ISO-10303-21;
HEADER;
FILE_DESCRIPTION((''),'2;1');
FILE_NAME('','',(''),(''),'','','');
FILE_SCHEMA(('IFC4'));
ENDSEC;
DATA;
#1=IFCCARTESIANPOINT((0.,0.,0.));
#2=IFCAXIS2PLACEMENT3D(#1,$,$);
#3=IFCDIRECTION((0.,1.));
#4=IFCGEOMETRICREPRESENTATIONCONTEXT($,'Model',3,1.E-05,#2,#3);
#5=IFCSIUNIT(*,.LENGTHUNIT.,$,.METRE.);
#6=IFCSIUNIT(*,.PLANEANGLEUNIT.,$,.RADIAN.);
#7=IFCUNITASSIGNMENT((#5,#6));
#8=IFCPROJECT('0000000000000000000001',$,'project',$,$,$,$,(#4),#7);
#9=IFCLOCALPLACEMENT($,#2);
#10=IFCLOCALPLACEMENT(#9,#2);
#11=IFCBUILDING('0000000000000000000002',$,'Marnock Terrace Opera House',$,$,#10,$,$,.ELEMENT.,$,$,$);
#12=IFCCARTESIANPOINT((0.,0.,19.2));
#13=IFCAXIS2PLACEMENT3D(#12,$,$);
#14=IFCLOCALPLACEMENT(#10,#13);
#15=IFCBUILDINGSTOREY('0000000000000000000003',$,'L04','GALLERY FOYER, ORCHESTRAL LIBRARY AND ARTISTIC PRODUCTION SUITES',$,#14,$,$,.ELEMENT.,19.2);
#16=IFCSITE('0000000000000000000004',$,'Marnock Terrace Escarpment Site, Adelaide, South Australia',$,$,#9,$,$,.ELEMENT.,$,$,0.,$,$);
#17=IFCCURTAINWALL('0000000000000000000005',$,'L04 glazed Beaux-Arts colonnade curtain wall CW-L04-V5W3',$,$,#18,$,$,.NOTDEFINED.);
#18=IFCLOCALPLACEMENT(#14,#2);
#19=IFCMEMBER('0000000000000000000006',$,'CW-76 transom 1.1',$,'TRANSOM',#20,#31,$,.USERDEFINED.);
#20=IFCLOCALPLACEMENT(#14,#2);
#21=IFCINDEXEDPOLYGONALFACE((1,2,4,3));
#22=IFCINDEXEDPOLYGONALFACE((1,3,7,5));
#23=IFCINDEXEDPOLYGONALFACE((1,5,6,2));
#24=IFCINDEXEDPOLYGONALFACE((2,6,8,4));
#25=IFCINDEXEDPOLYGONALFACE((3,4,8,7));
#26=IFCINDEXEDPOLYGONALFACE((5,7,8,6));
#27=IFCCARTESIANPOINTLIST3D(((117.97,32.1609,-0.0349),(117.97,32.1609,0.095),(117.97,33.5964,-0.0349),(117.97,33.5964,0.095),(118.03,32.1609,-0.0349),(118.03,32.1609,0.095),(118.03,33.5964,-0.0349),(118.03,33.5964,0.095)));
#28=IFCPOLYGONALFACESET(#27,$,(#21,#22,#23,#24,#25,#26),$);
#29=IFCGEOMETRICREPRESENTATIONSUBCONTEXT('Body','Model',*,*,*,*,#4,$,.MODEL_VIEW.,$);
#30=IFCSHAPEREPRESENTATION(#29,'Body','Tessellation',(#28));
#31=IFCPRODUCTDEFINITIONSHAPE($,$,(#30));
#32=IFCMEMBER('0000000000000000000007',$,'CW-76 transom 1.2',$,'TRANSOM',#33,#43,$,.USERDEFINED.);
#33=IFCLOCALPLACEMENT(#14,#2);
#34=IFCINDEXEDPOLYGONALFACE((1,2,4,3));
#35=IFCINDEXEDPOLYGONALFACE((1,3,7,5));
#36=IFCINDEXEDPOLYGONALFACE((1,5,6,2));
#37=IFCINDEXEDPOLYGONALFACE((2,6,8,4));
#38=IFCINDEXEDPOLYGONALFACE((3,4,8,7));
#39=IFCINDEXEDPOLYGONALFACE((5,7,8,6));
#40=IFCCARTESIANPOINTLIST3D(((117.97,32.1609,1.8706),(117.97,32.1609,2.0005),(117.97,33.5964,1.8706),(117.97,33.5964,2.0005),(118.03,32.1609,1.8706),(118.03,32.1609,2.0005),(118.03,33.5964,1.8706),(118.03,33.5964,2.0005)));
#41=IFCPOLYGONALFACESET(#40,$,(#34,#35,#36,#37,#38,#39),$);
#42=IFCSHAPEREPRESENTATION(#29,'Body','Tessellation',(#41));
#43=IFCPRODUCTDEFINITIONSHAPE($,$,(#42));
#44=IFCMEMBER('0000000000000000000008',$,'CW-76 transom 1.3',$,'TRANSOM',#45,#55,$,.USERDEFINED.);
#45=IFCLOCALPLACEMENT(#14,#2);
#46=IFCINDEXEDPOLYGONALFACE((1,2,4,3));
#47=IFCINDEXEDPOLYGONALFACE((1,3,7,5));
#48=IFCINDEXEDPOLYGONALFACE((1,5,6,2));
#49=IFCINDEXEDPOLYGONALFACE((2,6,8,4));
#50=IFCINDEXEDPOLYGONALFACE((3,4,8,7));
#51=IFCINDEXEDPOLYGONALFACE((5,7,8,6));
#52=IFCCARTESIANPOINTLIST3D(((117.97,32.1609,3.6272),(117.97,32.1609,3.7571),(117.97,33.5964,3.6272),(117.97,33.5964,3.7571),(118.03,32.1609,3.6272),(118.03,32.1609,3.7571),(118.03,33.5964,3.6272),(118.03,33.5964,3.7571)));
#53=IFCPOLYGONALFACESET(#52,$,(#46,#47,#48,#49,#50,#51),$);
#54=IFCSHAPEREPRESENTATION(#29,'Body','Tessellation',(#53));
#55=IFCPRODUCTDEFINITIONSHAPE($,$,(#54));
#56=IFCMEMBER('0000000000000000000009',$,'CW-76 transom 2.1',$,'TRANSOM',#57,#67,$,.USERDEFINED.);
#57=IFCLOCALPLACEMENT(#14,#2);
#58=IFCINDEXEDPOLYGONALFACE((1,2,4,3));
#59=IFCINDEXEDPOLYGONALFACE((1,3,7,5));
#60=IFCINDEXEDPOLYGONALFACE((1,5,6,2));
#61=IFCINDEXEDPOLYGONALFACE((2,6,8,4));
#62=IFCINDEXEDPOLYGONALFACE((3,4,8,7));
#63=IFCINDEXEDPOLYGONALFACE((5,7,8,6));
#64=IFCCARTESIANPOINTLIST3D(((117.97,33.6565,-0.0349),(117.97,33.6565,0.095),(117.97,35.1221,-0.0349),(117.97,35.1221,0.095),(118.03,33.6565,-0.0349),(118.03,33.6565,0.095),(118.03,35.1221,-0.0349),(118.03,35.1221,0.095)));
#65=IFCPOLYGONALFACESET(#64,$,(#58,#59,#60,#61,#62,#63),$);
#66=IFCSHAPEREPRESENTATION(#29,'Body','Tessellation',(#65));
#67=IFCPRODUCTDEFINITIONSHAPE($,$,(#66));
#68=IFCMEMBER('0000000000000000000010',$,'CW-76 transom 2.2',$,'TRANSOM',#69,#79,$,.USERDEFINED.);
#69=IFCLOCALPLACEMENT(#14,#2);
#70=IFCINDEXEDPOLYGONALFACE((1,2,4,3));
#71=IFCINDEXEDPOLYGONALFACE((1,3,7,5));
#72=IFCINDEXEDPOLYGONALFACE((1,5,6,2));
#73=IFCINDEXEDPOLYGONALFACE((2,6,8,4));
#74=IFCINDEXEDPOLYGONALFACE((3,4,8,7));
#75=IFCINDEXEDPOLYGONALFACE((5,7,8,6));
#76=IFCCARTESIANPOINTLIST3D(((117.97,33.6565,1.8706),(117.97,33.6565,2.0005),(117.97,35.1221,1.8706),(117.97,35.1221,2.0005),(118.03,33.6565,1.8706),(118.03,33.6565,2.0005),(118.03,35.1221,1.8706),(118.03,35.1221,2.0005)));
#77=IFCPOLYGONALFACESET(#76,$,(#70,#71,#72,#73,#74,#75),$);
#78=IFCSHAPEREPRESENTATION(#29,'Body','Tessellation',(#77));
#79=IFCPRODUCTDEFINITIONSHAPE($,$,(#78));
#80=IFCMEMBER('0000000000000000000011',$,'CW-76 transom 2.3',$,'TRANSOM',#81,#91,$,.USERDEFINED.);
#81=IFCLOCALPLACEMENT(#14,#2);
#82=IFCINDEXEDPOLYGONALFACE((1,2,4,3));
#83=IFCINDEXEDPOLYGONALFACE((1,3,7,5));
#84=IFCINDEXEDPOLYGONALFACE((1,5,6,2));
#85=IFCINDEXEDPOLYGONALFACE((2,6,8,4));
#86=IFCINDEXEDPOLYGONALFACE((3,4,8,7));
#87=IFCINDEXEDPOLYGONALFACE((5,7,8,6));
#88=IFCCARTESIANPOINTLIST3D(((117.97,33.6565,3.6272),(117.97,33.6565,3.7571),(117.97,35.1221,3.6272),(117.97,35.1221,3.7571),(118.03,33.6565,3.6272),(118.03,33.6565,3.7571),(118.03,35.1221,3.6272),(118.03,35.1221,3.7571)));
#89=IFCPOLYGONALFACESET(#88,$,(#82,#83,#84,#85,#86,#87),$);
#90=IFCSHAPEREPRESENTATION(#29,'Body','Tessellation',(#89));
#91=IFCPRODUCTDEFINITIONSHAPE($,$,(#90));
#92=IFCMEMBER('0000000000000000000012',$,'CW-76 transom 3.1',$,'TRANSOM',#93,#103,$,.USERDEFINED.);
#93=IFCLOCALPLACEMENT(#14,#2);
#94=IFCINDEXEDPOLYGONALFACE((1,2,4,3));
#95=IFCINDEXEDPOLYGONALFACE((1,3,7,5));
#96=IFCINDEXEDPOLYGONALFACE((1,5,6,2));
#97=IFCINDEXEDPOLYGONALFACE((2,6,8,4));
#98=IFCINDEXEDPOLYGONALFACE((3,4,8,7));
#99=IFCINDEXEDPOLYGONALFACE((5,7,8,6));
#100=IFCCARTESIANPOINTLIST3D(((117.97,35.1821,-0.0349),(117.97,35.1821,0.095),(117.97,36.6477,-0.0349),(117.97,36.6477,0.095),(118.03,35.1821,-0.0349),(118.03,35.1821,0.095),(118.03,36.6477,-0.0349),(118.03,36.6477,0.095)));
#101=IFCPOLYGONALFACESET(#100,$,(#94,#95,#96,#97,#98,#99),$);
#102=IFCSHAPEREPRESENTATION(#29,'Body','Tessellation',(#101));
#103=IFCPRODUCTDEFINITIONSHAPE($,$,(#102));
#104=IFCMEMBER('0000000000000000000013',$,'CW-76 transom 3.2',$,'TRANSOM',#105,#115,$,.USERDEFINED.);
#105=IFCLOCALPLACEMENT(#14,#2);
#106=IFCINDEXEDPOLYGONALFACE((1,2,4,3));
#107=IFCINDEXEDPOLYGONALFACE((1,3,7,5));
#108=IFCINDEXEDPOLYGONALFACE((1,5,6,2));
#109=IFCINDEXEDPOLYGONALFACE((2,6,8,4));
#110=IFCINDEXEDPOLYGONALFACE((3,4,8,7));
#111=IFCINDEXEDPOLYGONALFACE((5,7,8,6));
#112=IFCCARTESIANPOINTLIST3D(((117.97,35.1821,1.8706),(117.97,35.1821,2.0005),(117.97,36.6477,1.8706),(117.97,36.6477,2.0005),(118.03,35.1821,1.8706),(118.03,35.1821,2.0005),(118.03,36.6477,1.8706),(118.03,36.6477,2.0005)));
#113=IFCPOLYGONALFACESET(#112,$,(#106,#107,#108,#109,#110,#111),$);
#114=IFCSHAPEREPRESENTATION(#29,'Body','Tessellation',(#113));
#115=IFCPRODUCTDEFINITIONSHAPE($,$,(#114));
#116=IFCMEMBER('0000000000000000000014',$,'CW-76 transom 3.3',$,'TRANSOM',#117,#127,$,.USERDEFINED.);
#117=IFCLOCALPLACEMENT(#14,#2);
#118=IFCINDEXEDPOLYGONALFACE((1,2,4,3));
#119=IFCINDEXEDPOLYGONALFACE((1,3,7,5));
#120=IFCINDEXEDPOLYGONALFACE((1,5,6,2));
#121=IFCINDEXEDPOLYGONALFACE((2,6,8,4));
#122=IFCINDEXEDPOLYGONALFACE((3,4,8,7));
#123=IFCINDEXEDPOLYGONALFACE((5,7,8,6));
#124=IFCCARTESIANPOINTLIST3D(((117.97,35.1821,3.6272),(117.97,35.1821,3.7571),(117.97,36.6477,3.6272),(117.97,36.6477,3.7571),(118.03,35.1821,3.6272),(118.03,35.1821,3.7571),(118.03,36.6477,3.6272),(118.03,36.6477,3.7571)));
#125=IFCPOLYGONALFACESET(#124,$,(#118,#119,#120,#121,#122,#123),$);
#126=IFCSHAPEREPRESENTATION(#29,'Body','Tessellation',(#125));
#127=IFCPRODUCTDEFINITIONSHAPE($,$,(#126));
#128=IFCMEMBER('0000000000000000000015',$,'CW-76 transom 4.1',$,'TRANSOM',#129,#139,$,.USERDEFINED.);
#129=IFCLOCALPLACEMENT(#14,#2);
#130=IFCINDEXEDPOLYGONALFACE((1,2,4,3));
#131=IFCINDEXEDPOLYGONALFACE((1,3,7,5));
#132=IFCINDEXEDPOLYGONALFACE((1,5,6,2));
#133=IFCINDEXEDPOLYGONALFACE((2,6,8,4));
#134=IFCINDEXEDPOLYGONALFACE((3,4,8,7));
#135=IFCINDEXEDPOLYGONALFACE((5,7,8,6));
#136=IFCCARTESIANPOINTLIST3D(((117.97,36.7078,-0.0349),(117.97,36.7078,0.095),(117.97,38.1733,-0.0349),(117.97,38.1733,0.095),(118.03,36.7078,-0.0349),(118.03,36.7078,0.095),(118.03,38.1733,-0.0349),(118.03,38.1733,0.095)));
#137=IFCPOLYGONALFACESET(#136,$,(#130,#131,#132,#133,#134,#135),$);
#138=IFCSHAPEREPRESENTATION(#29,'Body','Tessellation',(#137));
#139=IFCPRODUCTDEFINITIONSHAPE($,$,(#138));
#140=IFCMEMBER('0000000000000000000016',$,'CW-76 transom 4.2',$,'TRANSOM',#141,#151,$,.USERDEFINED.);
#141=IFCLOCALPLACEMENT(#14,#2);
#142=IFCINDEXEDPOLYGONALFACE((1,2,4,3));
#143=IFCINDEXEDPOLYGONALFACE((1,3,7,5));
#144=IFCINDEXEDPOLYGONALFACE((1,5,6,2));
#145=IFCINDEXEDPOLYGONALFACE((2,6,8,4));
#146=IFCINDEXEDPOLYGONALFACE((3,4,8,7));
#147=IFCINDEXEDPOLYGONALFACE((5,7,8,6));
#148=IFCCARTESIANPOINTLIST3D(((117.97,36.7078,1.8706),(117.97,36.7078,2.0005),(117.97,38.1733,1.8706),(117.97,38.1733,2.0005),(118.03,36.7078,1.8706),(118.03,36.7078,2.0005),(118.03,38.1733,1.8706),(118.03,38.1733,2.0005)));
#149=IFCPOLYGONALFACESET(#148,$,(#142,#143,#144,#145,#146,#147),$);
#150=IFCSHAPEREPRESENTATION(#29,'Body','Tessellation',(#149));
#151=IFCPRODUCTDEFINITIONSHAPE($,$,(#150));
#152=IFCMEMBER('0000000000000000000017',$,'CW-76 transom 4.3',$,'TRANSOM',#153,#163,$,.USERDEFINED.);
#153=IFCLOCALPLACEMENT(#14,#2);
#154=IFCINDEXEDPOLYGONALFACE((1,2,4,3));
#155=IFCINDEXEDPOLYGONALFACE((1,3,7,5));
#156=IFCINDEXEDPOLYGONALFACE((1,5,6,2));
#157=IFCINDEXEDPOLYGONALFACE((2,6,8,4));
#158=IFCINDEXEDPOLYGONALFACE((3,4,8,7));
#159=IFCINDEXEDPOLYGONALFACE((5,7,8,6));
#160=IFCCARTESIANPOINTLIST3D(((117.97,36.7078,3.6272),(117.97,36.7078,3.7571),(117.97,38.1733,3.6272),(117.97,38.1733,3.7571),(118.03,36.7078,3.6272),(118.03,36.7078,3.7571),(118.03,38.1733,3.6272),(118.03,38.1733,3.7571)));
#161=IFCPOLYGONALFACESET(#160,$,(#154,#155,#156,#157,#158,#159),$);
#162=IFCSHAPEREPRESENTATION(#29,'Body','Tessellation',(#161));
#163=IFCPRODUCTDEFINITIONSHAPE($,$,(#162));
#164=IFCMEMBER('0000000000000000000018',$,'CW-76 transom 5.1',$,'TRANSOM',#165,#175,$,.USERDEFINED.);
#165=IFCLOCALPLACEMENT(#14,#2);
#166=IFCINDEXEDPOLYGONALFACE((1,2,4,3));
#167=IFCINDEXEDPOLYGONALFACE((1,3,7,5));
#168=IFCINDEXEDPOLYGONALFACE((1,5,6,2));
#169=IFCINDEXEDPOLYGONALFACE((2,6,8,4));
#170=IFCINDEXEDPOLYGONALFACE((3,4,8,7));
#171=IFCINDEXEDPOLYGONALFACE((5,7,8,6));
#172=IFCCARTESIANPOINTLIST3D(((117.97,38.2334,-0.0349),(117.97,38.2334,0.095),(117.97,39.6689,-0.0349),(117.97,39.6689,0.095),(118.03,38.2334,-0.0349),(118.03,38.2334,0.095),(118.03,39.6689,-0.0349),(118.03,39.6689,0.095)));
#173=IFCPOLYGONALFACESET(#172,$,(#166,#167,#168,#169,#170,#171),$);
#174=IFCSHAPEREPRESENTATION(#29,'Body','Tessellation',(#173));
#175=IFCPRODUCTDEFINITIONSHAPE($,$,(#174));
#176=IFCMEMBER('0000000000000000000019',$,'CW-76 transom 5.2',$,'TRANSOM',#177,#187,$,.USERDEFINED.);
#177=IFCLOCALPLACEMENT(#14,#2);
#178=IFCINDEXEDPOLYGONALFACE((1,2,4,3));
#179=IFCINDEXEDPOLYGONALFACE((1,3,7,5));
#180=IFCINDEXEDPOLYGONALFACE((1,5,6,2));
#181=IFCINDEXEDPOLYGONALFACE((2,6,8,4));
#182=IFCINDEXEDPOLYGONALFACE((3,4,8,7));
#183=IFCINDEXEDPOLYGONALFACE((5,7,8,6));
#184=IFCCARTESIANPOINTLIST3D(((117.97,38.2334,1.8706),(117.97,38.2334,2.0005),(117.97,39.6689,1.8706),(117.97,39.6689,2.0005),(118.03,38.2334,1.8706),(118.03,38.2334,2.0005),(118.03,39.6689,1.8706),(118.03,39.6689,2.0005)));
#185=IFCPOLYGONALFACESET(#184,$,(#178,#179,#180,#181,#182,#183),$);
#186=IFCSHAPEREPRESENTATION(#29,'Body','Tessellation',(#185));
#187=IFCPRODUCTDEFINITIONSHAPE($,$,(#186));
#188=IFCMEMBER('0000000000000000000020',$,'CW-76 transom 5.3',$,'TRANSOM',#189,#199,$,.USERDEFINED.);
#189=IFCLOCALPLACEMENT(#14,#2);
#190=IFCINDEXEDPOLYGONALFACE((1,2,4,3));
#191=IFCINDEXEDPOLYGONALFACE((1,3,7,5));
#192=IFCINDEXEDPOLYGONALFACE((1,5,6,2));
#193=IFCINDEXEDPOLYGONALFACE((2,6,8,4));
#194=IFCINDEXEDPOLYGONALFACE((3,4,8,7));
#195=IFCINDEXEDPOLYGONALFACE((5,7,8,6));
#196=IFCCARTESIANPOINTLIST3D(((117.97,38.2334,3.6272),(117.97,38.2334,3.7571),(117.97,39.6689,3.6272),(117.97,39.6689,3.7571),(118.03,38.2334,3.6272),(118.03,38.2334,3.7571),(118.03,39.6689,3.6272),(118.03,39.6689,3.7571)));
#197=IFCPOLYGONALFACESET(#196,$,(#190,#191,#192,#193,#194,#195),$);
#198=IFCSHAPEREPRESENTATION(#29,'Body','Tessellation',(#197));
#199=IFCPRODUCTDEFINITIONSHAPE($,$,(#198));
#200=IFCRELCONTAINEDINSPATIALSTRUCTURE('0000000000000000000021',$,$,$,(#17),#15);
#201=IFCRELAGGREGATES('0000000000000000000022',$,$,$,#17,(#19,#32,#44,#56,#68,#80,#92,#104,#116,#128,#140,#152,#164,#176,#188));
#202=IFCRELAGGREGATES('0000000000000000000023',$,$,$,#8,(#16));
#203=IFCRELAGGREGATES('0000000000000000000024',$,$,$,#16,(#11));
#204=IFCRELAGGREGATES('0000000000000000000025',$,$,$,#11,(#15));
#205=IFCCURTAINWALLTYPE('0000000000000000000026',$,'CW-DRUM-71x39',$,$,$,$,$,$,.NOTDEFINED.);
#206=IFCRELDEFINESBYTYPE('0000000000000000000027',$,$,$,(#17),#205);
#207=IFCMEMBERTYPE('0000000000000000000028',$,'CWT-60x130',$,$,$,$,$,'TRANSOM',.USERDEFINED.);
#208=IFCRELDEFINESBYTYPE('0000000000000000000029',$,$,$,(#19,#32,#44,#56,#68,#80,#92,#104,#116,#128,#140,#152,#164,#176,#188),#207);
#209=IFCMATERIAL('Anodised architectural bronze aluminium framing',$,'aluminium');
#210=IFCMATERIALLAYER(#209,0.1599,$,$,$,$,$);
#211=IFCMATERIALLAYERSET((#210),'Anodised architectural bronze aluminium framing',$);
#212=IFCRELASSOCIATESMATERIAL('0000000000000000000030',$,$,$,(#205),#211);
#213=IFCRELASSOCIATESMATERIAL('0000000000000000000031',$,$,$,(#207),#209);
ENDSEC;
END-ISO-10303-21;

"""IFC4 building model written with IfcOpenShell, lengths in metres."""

from ifc_helpers import new_model, si_unit, direction, frame, origin, origin_2d, place, context, subcontext, project, spatial, rectangle, extrude, material, layer, layer_set, material_profile, profile_set, type_object, element, aggregate, save


model = new_model("IFC4")

# Units and contexts
model_context = context("Model", 3, precision=1e-05, world=origin(), true_north=direction((0.0, 1.0)))
body_context = subcontext(model_context, "Body", "Model", "MODEL_VIEW")
ifc_project = project(units=[si_unit("LENGTHUNIT", "METRE"), si_unit("PLANEANGLEUNIT", "RADIAN")], contexts=[model_context])

# Site, building, storey
site_placement = place(None, origin())
site = spatial("IfcSite", under=ifc_project, at=site_placement, Name="Marnock Terrace Escarpment Site, Adelaide, South Australia", CompositionType="ELEMENT", RefElevation=0.0)
building_placement = place(site_placement, origin())
building = spatial("IfcBuilding", under=site, at=building_placement, Name="Marnock Terrace Opera House", CompositionType="ELEMENT")
storey_placement = place(building_placement, frame((0.0, 0.0, 19.2)))
storey = spatial("IfcBuildingStorey", under=building, at=storey_placement, Name="L04", Description="GALLERY FOYER, ORCHESTRAL LIBRARY AND ARTISTIC PRODUCTION SUITES", CompositionType="ELEMENT", Elevation=19.2)

# Shared definitions
ifc_material_1 = material(Name="Anodised architectural bronze aluminium framing", Category="aluminium")
ifc_layer_1 = layer(ifc_material_1, 0.1599)
ifc_layer_set_1 = layer_set([ifc_layer_1], Name="Anodised architectural bronze aluminium framing")
curtain_wall_type = type_object("IfcCurtainWallType", Name="CW-DRUM-71x39", PredefinedType="NOTDEFINED", material=ifc_layer_set_1)

# Curtain wall
curtain_wall_1_placement = place(storey_placement, origin())
curtain_wall_1 = element("IfcCurtainWall", 1, at=curtain_wall_1_placement, inside=storey, type_object=curtain_wall_type, Name="L04 glazed Beaux-Arts colonnade curtain wall CW-L04-V5W3", PredefinedType="NOTDEFINED")

# Members
ifc_material_profile_1 = material_profile(ifc_material_1, rectangle(XDim=0.0601, YDim=0.1299, at=origin_2d()))
ifc_profile_set_1 = profile_set([ifc_material_profile_1], Name="Anodised architectural bronze aluminium framing")
member_type_1 = type_object("IfcMemberType", Name="CWT-60x130", ElementType="TRANSOM", PredefinedType="USERDEFINED", material=ifc_profile_set_1)
member_1_placement = place(storey_placement, frame((118.0, 32.1609, 0.03), z_axis=(0.0, 1.0, 0.0), x_axis=(-1.0, 0.0, 0.0)))
member_1 = element("IfcMember", 2, at=member_1_placement, type_object=member_type_1, Name="CW-76 transom 1.1", ObjectType="TRANSOM", PredefinedType="USERDEFINED", context=body_context, shape_type="SweptSolid", body=[
    extrude(rectangle(XDim=0.0601, YDim=0.1299, at=origin_2d()), origin(), (0.0, 0.0, 1.0), 1.4355),
])
member_2_placement = place(storey_placement, frame((118.0, 32.1609, 1.9355), z_axis=(0.0, 1.0, 0.0), x_axis=(-1.0, 0.0, 0.0)))
member_2 = element("IfcMember", 3, at=member_2_placement, type_object=member_type_1, Name="CW-76 transom 1.2", ObjectType="TRANSOM", PredefinedType="USERDEFINED", context=body_context, shape_type="SweptSolid", body=[
    extrude(rectangle(XDim=0.0601, YDim=0.1299, at=origin_2d()), origin(), (0.0, 0.0, 1.0), 1.4355),
])
member_3_placement = place(storey_placement, frame((118.0, 32.1609, 3.6921), z_axis=(0.0, 1.0, 0.0), x_axis=(-1.0, 0.0, 0.0)))
member_3 = element("IfcMember", 4, at=member_3_placement, type_object=member_type_1, Name="CW-76 transom 1.3", ObjectType="TRANSOM", PredefinedType="USERDEFINED", context=body_context, shape_type="SweptSolid", body=[
    extrude(rectangle(XDim=0.0601, YDim=0.1299, at=origin_2d()), origin(), (0.0, 0.0, 1.0), 1.4355),
])
member_4_placement = place(storey_placement, frame((118.0, 33.6565, 0.03), z_axis=(0.0, 1.0, 0.0), x_axis=(-1.0, 0.0, 0.0)))
member_4 = element("IfcMember", 5, at=member_4_placement, type_object=member_type_1, Name="CW-76 transom 2.1", ObjectType="TRANSOM", PredefinedType="USERDEFINED", context=body_context, shape_type="SweptSolid", body=[
    extrude(rectangle(XDim=0.0601, YDim=0.1299, at=origin_2d()), origin(), (0.0, 0.0, 1.0), 1.4656),
])
member_5_placement = place(storey_placement, frame((118.0, 33.6565, 1.9355), z_axis=(0.0, 1.0, 0.0), x_axis=(-1.0, 0.0, 0.0)))
member_5 = element("IfcMember", 6, at=member_5_placement, type_object=member_type_1, Name="CW-76 transom 2.2", ObjectType="TRANSOM", PredefinedType="USERDEFINED", context=body_context, shape_type="SweptSolid", body=[
    extrude(rectangle(XDim=0.0601, YDim=0.1299, at=origin_2d()), origin(), (0.0, 0.0, 1.0), 1.4656),
])
member_6_placement = place(storey_placement, frame((118.0, 33.6565, 3.6921), z_axis=(0.0, 1.0, 0.0), x_axis=(-1.0, 0.0, 0.0)))
member_6 = element("IfcMember", 7, at=member_6_placement, type_object=member_type_1, Name="CW-76 transom 2.3", ObjectType="TRANSOM", PredefinedType="USERDEFINED", context=body_context, shape_type="SweptSolid", body=[
    extrude(rectangle(XDim=0.0601, YDim=0.1299, at=origin_2d()), origin(), (0.0, 0.0, 1.0), 1.4656),
])
member_7_placement = place(storey_placement, frame((118.0, 35.1821, 0.03), z_axis=(0.0, 1.0, 0.0), x_axis=(-1.0, 0.0, 0.0)))
member_7 = element("IfcMember", 8, at=member_7_placement, type_object=member_type_1, Name="CW-76 transom 3.1", ObjectType="TRANSOM", PredefinedType="USERDEFINED", context=body_context, shape_type="SweptSolid", body=[
    extrude(rectangle(XDim=0.0601, YDim=0.1299, at=origin_2d()), origin(), (0.0, 0.0, 1.0), 1.4656),
])
member_8_placement = place(storey_placement, frame((118.0, 35.1821, 1.9355), z_axis=(0.0, 1.0, 0.0), x_axis=(-1.0, 0.0, 0.0)))
member_8 = element("IfcMember", 9, at=member_8_placement, type_object=member_type_1, Name="CW-76 transom 3.2", ObjectType="TRANSOM", PredefinedType="USERDEFINED", context=body_context, shape_type="SweptSolid", body=[
    extrude(rectangle(XDim=0.0601, YDim=0.1299, at=origin_2d()), origin(), (0.0, 0.0, 1.0), 1.4656),
])
member_9_placement = place(storey_placement, frame((118.0, 35.1821, 3.6921), z_axis=(0.0, 1.0, 0.0), x_axis=(-1.0, 0.0, 0.0)))
member_9 = element("IfcMember", 10, at=member_9_placement, type_object=member_type_1, Name="CW-76 transom 3.3", ObjectType="TRANSOM", PredefinedType="USERDEFINED", context=body_context, shape_type="SweptSolid", body=[
    extrude(rectangle(XDim=0.0601, YDim=0.1299, at=origin_2d()), origin(), (0.0, 0.0, 1.0), 1.4656),
])
member_10_placement = place(storey_placement, frame((118.0, 36.7078, 0.03), z_axis=(0.0, 1.0, 0.0), x_axis=(-1.0, 0.0, 0.0)))
member_10 = element("IfcMember", 11, at=member_10_placement, type_object=member_type_1, Name="CW-76 transom 4.1", ObjectType="TRANSOM", PredefinedType="USERDEFINED", context=body_context, shape_type="SweptSolid", body=[
    extrude(rectangle(XDim=0.0601, YDim=0.1299, at=origin_2d()), origin(), (0.0, 0.0, 1.0), 1.4656),
])
member_11_placement = place(storey_placement, frame((118.0, 36.7078, 1.9355), z_axis=(0.0, 1.0, 0.0), x_axis=(-1.0, 0.0, 0.0)))
member_11 = element("IfcMember", 12, at=member_11_placement, type_object=member_type_1, Name="CW-76 transom 4.2", ObjectType="TRANSOM", PredefinedType="USERDEFINED", context=body_context, shape_type="SweptSolid", body=[
    extrude(rectangle(XDim=0.0601, YDim=0.1299, at=origin_2d()), origin(), (0.0, 0.0, 1.0), 1.4656),
])
member_12_placement = place(storey_placement, frame((118.0, 36.7078, 3.6921), z_axis=(0.0, 1.0, 0.0), x_axis=(-1.0, 0.0, 0.0)))
member_12 = element("IfcMember", 13, at=member_12_placement, type_object=member_type_1, Name="CW-76 transom 4.3", ObjectType="TRANSOM", PredefinedType="USERDEFINED", context=body_context, shape_type="SweptSolid", body=[
    extrude(rectangle(XDim=0.0601, YDim=0.1299, at=origin_2d()), origin(), (0.0, 0.0, 1.0), 1.4656),
])
member_13_placement = place(storey_placement, frame((118.0, 38.2334, 0.03), z_axis=(0.0, 1.0, 0.0), x_axis=(-1.0, 0.0, 0.0)))
member_13 = element("IfcMember", 14, at=member_13_placement, type_object=member_type_1, Name="CW-76 transom 5.1", ObjectType="TRANSOM", PredefinedType="USERDEFINED", context=body_context, shape_type="SweptSolid", body=[
    extrude(rectangle(XDim=0.0601, YDim=0.1299, at=origin_2d()), origin(), (0.0, 0.0, 1.0), 1.4355),
])
member_14_placement = place(storey_placement, frame((118.0, 38.2334, 1.9355), z_axis=(0.0, 1.0, 0.0), x_axis=(-1.0, 0.0, 0.0)))
member_14 = element("IfcMember", 15, at=member_14_placement, type_object=member_type_1, Name="CW-76 transom 5.2", ObjectType="TRANSOM", PredefinedType="USERDEFINED", context=body_context, shape_type="SweptSolid", body=[
    extrude(rectangle(XDim=0.0601, YDim=0.1299, at=origin_2d()), origin(), (0.0, 0.0, 1.0), 1.4355),
])
member_15_placement = place(storey_placement, frame((118.0, 38.2334, 3.6921), z_axis=(0.0, 1.0, 0.0), x_axis=(-1.0, 0.0, 0.0)))
member_15 = element("IfcMember", 16, at=member_15_placement, type_object=member_type_1, Name="CW-76 transom 5.3", ObjectType="TRANSOM", PredefinedType="USERDEFINED", context=body_context, shape_type="SweptSolid", body=[
    extrude(rectangle(XDim=0.0601, YDim=0.1299, at=origin_2d()), origin(), (0.0, 0.0, 1.0), 1.4355),
])

aggregate(curtain_wall_1, [member_1, member_2, member_3, member_4, member_5, member_6, member_7, member_8, member_9, member_10, member_11, member_12, member_13, member_14, member_15])

save(model, "model.ifc")
